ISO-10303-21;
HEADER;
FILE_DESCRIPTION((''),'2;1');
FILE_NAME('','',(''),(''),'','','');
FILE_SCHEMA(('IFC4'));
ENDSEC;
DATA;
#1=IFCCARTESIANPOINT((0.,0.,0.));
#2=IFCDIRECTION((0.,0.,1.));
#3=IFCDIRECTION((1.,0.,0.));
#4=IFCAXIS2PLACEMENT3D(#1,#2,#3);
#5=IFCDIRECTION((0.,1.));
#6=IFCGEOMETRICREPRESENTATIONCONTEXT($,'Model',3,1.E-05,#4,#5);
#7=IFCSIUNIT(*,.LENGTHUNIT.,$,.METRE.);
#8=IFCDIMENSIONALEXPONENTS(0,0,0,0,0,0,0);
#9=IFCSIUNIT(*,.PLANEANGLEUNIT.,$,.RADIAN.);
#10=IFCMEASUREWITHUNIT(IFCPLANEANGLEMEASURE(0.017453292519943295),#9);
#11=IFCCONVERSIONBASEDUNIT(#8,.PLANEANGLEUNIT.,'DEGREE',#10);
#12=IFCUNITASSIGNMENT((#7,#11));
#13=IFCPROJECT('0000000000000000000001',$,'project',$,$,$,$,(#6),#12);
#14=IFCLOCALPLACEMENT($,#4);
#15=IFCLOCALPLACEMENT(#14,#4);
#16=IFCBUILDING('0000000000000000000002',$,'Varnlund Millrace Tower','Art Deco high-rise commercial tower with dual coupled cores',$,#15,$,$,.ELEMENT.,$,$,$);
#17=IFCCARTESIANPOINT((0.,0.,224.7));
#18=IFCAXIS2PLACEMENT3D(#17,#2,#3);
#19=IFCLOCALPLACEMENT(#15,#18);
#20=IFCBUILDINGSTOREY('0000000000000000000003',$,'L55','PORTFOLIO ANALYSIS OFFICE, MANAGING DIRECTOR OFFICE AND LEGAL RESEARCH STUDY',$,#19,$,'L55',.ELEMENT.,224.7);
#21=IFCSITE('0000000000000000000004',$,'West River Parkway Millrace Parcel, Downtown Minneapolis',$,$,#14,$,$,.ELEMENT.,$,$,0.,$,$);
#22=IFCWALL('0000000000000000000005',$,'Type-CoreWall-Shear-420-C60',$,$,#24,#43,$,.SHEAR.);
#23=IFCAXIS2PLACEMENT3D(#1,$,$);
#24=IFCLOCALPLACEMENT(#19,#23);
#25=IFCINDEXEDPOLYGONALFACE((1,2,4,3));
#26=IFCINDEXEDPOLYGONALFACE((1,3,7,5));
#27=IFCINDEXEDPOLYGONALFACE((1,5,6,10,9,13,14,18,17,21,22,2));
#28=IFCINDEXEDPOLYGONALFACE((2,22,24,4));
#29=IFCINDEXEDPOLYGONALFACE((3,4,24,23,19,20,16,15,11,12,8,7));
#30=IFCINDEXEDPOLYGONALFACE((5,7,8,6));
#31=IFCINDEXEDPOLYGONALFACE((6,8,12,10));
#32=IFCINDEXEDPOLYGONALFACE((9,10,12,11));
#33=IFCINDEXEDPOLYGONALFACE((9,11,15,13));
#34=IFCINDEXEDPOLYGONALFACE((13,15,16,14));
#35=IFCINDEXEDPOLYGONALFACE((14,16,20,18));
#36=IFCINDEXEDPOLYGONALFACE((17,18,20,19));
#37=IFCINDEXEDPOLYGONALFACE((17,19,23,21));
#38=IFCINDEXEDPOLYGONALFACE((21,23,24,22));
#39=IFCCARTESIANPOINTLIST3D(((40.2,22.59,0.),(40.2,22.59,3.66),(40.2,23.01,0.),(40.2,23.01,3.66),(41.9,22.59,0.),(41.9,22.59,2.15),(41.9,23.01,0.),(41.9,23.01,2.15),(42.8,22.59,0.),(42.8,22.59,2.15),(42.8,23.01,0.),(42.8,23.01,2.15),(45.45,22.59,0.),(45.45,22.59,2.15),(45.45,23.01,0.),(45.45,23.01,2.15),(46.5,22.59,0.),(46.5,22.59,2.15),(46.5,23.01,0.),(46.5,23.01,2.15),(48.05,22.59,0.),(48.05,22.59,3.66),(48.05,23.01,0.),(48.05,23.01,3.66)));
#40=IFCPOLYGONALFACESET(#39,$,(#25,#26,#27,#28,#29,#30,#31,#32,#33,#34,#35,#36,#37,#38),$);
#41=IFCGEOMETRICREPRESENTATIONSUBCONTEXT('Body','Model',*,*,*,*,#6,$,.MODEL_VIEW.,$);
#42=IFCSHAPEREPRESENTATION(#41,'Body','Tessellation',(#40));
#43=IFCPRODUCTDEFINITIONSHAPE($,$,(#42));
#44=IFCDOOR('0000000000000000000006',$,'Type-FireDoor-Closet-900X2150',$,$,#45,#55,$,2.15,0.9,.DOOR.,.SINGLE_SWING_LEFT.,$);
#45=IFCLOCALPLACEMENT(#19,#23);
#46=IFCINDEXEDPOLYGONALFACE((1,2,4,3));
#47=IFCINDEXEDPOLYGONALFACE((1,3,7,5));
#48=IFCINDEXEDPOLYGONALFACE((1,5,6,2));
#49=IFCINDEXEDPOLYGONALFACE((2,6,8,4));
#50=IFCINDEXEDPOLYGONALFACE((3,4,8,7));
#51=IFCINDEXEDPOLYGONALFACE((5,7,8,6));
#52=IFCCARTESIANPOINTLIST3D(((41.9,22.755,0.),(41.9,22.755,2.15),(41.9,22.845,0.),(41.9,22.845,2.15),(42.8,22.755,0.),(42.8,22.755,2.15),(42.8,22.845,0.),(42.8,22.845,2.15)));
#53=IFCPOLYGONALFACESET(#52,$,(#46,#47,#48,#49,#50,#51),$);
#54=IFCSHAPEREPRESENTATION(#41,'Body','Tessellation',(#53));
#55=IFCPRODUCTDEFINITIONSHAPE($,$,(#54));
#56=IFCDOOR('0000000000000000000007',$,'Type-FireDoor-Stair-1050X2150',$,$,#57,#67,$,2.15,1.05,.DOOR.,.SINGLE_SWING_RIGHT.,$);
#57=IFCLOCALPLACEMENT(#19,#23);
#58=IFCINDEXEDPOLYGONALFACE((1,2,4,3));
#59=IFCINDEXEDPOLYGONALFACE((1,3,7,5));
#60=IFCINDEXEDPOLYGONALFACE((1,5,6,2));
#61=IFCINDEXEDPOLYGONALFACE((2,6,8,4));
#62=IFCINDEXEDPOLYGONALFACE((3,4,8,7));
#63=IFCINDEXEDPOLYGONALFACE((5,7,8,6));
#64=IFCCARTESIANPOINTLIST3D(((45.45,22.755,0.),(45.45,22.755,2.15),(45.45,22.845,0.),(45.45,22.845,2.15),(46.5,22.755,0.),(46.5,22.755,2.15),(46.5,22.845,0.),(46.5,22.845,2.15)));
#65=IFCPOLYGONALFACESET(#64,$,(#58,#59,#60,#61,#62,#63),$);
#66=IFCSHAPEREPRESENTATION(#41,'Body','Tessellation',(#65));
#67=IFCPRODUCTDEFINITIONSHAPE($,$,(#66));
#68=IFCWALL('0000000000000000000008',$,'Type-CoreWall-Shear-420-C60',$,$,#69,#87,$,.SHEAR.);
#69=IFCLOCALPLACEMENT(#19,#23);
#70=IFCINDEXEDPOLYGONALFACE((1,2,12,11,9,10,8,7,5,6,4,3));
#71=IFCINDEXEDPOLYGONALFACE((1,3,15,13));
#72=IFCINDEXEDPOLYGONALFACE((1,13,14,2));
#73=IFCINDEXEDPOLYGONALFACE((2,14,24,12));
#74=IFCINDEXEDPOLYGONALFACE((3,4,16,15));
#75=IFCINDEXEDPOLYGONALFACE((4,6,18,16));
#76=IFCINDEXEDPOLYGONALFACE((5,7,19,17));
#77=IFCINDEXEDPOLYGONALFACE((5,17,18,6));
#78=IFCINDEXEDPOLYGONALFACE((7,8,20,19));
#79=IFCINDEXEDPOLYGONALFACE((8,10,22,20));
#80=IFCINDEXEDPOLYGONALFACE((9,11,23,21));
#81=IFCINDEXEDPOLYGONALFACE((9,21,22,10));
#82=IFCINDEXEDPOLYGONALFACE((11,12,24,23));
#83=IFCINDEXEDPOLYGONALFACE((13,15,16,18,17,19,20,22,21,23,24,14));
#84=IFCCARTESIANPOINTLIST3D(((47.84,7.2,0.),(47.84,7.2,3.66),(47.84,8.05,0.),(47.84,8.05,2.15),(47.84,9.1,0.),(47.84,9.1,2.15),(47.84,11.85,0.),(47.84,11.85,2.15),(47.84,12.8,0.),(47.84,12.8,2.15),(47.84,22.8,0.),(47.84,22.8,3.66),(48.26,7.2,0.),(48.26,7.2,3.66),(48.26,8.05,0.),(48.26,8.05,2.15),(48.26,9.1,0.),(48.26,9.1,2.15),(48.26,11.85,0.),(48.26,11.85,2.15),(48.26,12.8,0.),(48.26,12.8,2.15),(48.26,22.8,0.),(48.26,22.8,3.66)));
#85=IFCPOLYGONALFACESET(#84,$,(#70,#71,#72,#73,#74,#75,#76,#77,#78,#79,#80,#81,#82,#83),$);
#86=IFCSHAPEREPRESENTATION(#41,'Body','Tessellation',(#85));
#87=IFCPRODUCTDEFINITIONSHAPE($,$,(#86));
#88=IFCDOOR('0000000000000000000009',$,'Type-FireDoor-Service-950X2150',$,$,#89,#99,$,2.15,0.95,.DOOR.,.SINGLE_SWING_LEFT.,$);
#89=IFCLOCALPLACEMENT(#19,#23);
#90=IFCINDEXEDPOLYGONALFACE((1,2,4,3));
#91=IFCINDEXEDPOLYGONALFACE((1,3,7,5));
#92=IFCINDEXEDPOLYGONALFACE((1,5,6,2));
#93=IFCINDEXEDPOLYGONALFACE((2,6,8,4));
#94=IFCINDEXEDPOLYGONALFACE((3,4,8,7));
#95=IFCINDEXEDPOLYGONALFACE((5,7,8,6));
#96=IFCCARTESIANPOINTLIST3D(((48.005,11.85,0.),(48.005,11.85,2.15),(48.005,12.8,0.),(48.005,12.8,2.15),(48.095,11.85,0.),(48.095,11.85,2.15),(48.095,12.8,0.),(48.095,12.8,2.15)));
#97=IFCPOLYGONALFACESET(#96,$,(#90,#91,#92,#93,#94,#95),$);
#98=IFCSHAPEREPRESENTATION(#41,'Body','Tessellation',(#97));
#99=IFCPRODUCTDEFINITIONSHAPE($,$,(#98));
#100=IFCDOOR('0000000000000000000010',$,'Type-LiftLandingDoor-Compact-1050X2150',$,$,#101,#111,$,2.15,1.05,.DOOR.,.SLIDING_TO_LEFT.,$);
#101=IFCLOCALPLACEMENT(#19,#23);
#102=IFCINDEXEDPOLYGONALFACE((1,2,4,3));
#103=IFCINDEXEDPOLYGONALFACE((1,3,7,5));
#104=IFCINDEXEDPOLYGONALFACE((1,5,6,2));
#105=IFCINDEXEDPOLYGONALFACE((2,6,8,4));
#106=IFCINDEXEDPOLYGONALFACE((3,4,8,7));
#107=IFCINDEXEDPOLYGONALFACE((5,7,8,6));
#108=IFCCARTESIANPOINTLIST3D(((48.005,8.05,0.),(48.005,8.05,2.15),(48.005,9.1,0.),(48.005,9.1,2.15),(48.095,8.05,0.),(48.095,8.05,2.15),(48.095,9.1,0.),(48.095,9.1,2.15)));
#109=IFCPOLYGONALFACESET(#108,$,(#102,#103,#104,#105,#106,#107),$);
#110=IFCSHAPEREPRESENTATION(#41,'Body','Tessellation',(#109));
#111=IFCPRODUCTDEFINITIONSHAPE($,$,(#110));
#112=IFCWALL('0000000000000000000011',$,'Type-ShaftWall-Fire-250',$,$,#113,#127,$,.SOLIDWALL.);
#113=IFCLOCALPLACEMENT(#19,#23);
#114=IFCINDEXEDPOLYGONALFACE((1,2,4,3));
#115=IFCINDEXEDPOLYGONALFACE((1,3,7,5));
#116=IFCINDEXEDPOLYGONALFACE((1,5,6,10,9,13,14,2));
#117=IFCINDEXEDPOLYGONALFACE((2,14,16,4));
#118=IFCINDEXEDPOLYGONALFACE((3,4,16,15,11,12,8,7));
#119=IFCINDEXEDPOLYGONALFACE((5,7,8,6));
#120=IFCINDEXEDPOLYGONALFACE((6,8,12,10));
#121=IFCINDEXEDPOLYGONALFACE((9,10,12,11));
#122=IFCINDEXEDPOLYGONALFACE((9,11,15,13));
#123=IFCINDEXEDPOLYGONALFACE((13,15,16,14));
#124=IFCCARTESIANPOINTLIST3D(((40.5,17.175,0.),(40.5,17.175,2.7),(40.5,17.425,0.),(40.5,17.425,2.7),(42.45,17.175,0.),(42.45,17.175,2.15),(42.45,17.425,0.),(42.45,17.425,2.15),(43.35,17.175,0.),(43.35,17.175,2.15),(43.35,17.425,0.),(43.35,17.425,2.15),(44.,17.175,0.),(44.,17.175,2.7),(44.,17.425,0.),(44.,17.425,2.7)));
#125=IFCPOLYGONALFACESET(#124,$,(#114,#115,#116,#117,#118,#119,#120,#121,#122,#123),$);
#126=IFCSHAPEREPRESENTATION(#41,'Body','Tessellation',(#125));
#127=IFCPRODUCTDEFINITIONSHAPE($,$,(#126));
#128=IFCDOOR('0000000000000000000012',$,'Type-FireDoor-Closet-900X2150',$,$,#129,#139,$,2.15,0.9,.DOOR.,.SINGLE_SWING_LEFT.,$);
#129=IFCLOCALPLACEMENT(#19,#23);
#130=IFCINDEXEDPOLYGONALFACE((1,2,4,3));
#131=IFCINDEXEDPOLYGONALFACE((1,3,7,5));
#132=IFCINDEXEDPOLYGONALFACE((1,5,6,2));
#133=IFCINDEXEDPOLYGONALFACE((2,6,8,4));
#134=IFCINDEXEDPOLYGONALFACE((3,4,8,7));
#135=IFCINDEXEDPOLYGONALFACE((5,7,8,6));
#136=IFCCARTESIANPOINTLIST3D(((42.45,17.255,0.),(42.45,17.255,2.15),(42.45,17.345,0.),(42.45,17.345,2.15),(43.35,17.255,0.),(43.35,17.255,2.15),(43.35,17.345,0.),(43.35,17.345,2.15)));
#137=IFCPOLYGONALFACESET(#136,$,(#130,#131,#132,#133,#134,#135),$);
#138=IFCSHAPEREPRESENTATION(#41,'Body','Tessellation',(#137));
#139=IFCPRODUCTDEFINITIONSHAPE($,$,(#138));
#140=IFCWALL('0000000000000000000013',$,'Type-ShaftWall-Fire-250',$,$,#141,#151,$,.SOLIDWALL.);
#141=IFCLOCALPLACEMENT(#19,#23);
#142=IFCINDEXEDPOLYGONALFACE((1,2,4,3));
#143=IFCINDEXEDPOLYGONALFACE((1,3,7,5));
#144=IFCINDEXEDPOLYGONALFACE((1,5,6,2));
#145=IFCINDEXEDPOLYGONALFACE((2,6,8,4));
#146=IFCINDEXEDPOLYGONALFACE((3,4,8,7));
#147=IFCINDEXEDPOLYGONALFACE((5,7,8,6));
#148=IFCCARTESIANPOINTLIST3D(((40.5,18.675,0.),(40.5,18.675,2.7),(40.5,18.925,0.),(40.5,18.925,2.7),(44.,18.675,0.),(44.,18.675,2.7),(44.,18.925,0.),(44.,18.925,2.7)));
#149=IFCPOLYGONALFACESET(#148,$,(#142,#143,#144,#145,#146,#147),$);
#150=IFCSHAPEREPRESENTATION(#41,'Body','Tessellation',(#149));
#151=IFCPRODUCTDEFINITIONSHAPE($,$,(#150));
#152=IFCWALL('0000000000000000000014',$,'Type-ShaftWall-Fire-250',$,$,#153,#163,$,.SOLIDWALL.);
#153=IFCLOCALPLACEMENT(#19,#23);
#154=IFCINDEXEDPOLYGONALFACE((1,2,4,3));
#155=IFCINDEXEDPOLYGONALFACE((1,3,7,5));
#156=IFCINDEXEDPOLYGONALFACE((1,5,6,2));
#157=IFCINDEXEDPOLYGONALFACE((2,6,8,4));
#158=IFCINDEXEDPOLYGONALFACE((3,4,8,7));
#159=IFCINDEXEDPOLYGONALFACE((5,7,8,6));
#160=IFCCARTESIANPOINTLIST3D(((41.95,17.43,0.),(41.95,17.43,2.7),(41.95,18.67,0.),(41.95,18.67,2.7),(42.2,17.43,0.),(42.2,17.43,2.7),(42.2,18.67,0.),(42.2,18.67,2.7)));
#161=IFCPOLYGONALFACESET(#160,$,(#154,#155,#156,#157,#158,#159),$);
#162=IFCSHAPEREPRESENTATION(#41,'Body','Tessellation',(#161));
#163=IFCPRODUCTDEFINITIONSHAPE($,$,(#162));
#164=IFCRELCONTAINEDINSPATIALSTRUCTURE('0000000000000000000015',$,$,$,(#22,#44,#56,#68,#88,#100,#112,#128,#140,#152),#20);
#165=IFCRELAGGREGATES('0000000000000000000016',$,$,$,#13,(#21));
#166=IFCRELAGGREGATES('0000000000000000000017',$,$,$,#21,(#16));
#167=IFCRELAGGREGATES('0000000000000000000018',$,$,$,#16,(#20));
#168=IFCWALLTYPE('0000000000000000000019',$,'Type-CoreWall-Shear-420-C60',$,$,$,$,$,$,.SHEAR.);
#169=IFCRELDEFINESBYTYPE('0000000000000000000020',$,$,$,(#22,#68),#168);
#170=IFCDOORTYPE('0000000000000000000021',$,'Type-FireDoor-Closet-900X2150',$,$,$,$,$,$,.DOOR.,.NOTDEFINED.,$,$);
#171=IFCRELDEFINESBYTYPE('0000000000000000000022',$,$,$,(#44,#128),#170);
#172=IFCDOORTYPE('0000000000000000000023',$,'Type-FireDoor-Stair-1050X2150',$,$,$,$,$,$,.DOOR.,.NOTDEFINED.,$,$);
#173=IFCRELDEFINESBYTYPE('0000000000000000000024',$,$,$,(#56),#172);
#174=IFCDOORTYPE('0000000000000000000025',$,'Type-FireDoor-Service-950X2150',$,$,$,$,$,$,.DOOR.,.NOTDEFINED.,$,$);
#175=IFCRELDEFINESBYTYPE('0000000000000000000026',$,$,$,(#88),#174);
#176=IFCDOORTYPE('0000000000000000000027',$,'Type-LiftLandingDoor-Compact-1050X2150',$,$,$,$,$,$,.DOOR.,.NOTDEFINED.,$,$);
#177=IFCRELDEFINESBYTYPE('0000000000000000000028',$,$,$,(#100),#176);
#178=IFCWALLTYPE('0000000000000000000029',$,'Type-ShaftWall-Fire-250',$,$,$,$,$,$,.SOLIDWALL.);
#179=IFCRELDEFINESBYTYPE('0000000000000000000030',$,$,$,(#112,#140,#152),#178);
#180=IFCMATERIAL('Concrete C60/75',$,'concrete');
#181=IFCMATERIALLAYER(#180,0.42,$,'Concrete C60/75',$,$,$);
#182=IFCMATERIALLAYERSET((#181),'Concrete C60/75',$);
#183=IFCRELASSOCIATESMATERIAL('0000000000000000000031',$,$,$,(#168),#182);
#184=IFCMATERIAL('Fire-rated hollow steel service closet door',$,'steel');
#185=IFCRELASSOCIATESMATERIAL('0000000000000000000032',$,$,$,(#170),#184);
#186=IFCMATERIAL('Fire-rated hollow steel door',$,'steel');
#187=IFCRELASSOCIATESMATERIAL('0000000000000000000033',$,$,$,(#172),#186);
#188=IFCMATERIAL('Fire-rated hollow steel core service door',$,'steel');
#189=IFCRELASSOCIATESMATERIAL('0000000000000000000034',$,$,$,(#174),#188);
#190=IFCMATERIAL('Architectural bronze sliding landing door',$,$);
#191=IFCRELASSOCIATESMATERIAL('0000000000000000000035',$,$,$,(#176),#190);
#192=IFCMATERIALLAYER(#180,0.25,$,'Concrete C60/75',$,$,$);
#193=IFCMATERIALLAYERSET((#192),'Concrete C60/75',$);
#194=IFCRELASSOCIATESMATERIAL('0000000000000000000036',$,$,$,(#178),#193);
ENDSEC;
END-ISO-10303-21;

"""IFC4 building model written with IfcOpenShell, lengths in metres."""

from ifc_helpers import new_model, entity, si_unit, converted_unit, direction, frame, origin_with_axes, origin_2d_with_axis, place, context, subcontext, project, spatial, polyline, rectangle, outline, extrude, material, layer, layer_set, type_object, element, fill, save


model = new_model("IFC4")

# Units and contexts
model_context = context("Model", 3, precision=1e-05, world=origin_with_axes(), true_north=direction((0.0, 1.0)))
body_context = subcontext(model_context, "Body", "Model", "MODEL_VIEW")
ifc_project = project(units=[si_unit("LENGTHUNIT", "METRE"), converted_unit("PLANEANGLEUNIT", "DEGREE", entity("IfcPlaneAngleMeasure", 0.017453292519943295), si_unit("PLANEANGLEUNIT", "RADIAN"), dimensions=[0, 0, 0, 0, 0, 0, 0])], contexts=[model_context])

# Site, building, storey
site_placement = place(None, origin_with_axes())
site = spatial("IfcSite", under=ifc_project, at=site_placement, Name="West River Parkway Millrace Parcel, Downtown Minneapolis", CompositionType="ELEMENT", RefElevation=0.0)
building_placement = place(site_placement, origin_with_axes())
building = spatial("IfcBuilding", under=site, at=building_placement, Name="Varnlund Millrace Tower", Description="Art Deco high-rise commercial tower with dual coupled cores", CompositionType="ELEMENT")
storey_placement = place(building_placement, frame((0.0, 0.0, 224.7), z_axis=(0.0, 0.0, 1.0), x_axis=(1.0, 0.0, 0.0)))
storey = spatial("IfcBuildingStorey", under=building, at=storey_placement, Name="L55", Description="PORTFOLIO ANALYSIS OFFICE, MANAGING DIRECTOR OFFICE AND LEGAL RESEARCH STUDY", LongName="L55", CompositionType="ELEMENT", Elevation=224.7)

# Shared definitions
ifc_material_1 = material(Name="Concrete C60/75", Category="concrete")
ifc_layer_1 = layer(ifc_material_1, 0.42, Name="Concrete C60/75")
ifc_layer_set_1 = layer_set([ifc_layer_1], Name="Concrete C60/75")
wall_type_1 = type_object("IfcWallType", Name="Type-CoreWall-Shear-420-C60", PredefinedType="SHEAR", material=ifc_layer_set_1)
ifc_material_2 = material(Name="Fire-rated hollow steel service closet door", Category="steel")
door_type_1 = type_object("IfcDoorType", Name="Type-FireDoor-Closet-900X2150", OperationType="NOTDEFINED", PredefinedType="DOOR", material=ifc_material_2)

# Shared definitions
ifc_material_3 = material(Name="Fire-rated hollow steel door", Category="steel")
door_type_2 = type_object("IfcDoorType", Name="Type-FireDoor-Stair-1050X2150", OperationType="NOTDEFINED", PredefinedType="DOOR", material=ifc_material_3)

# Walls, openings, doors
wall_1_placement = place(storey_placement, frame((40.2, 22.8, 0.0), z_axis=(0.0, 0.0, 1.0), x_axis=(1.0, 0.0, 0.0)))
wall_1 = element("IfcWall", 1, at=wall_1_placement, inside=storey, type_object=wall_type_1, Name="Type-CoreWall-Shear-420-C60", PredefinedType="SHEAR", context=body_context, shape_type="SweptSolid", body=[
    extrude(outline(polyline([(0.0, -0.21), (7.85, -0.21), (7.85, 0.21), (0.0, 0.21), (0.0, -0.21)])), origin_with_axes(), (0.0, 0.0, 1.0), 3.66),
])
opening_1_placement = place(wall_1_placement, frame((5.775, 0.0, 0.0), z_axis=(0.0, 0.0, 1.0), x_axis=(1.0, 0.0, 0.0)))
opening_1 = element("IfcOpeningElement", 2, at=opening_1_placement, cuts=wall_1, PredefinedType="OPENING", context=body_context, shape_type="SweptSolid", body=[
    extrude(rectangle(XDim=1.05, YDim=0.44, at=origin_2d_with_axis()), origin_with_axes(), (0.0, 0.0, 1.0), 2.15),
])
opening_2_placement = place(wall_1_placement, frame((2.15, 0.0, 0.0), z_axis=(0.0, 0.0, 1.0), x_axis=(1.0, 0.0, 0.0)))
opening_2 = element("IfcOpeningElement", 3, at=opening_2_placement, cuts=wall_1, PredefinedType="OPENING", context=body_context, shape_type="SweptSolid", body=[
    extrude(rectangle(XDim=0.9, YDim=0.44, at=origin_2d_with_axis()), origin_with_axes(), (0.0, 0.0, 1.0), 2.15),
])
door_1_placement = place(wall_1_placement, frame((2.15, 0.0, 0.0), z_axis=(0.0, 0.0, 1.0), x_axis=(1.0, 0.0, 0.0)))
door_1 = element("IfcDoor", 4, at=door_1_placement, inside=storey, type_object=door_type_1, Name="Type-FireDoor-Closet-900X2150", OperationType="SINGLE_SWING_LEFT", OverallHeight=2.15, OverallWidth=0.9, PredefinedType="DOOR", context=body_context, shape_type="SweptSolid", body=[
    extrude(rectangle(XDim=0.9, YDim=0.09, at=origin_2d_with_axis()), origin_with_axes(), (0.0, 0.0, 1.0), 2.15),
])
fill(opening_2, door_1)
door_2_placement = place(wall_1_placement, frame((5.775, 0.0, 0.0), z_axis=(0.0, 0.0, 1.0), x_axis=(1.0, 0.0, 0.0)))
door_2 = element("IfcDoor", 5, at=door_2_placement, inside=storey, type_object=door_type_2, Name="Type-FireDoor-Stair-1050X2150", OperationType="SINGLE_SWING_RIGHT", OverallHeight=2.15, OverallWidth=1.05, PredefinedType="DOOR", context=body_context, shape_type="SweptSolid", body=[
    extrude(rectangle(XDim=1.05, YDim=0.09, at=origin_2d_with_axis()), origin_with_axes(), (0.0, 0.0, 1.0), 2.15),
])
fill(opening_1, door_2)
wall_2_placement = place(storey_placement, frame((48.05, 7.2, 0.0), z_axis=(0.0, 0.0, 1.0), x_axis=(0.0, 1.0, 0.0)))
wall_2 = element("IfcWall", 6, at=wall_2_placement, inside=storey, type_object=wall_type_1, Name="Type-CoreWall-Shear-420-C60", PredefinedType="SHEAR", context=body_context, shape_type="SweptSolid", body=[
    extrude(outline(polyline([(0.0, -0.21), (15.6, -0.21), (15.6, 0.21), (0.0, 0.21), (0.0, -0.21)])), origin_with_axes(), (0.0, 0.0, 1.0), 3.66),
])
opening_3_placement = place(wall_2_placement, frame((1.375, 0.0, 0.0), z_axis=(0.0, 0.0, 1.0), x_axis=(1.0, 0.0, 0.0)))
opening_3 = element("IfcOpeningElement", 7, at=opening_3_placement, cuts=wall_2, PredefinedType="OPENING", context=body_context, shape_type="SweptSolid", body=[
    extrude(rectangle(XDim=1.05, YDim=0.44, at=origin_2d_with_axis()), origin_with_axes(), (0.0, 0.0, 1.0), 2.15),
])
opening_4_placement = place(wall_2_placement, frame((5.125, 0.0, 0.0), z_axis=(0.0, 0.0, 1.0), x_axis=(1.0, 0.0, 0.0)))
opening_4 = element("IfcOpeningElement", 8, at=opening_4_placement, cuts=wall_2, PredefinedType="OPENING", context=body_context, shape_type="SweptSolid", body=[
    extrude(rectangle(XDim=0.95, YDim=0.44, at=origin_2d_with_axis()), origin_with_axes(), (0.0, 0.0, 1.0), 2.15),
])
ifc_material_4 = material(Name="Fire-rated hollow steel core service door", Category="steel")
door_type_3 = type_object("IfcDoorType", Name="Type-FireDoor-Service-950X2150", OperationType="NOTDEFINED", PredefinedType="DOOR", material=ifc_material_4)
door_3_placement = place(wall_2_placement, frame((5.125, 0.0, 0.0), z_axis=(0.0, 0.0, 1.0), x_axis=(1.0, 0.0, 0.0)))
door_3 = element("IfcDoor", 9, at=door_3_placement, inside=storey, type_object=door_type_3, Name="Type-FireDoor-Service-950X2150", OperationType="SINGLE_SWING_LEFT", OverallHeight=2.15, OverallWidth=0.95, PredefinedType="DOOR", context=body_context, shape_type="SweptSolid", body=[
    extrude(rectangle(XDim=0.95, YDim=0.09, at=origin_2d_with_axis()), origin_with_axes(), (0.0, 0.0, 1.0), 2.15),
])
fill(opening_4, door_3)
ifc_material_5 = material(Name="Architectural bronze sliding landing door")
door_type_4 = type_object("IfcDoorType", Name="Type-LiftLandingDoor-Compact-1050X2150", OperationType="NOTDEFINED", PredefinedType="DOOR", material=ifc_material_5)
door_4_placement = place(wall_2_placement, frame((1.375, 0.0, 0.0), z_axis=(0.0, 0.0, 1.0), x_axis=(1.0, 0.0, 0.0)))
door_4 = element("IfcDoor", 10, at=door_4_placement, inside=storey, type_object=door_type_4, Name="Type-LiftLandingDoor-Compact-1050X2150", OperationType="SLIDING_TO_LEFT", OverallHeight=2.15, OverallWidth=1.05, PredefinedType="DOOR", context=body_context, shape_type="SweptSolid", body=[
    extrude(rectangle(XDim=1.05, YDim=0.09, at=origin_2d_with_axis()), origin_with_axes(), (0.0, 0.0, 1.0), 2.15),
])
fill(opening_3, door_4)

# Wall, opening, door
ifc_layer_2 = layer(ifc_material_1, 0.25, Name="Concrete C60/75")
ifc_layer_set_2 = layer_set([ifc_layer_2], Name="Concrete C60/75")
wall_type_2 = type_object("IfcWallType", Name="Type-ShaftWall-Fire-250", PredefinedType="SOLIDWALL", material=ifc_layer_set_2)
wall_3_placement = place(storey_placement, frame((40.5, 17.3, 0.0), z_axis=(0.0, 0.0, 1.0), x_axis=(1.0, 0.0, 0.0)))
wall_3 = element("IfcWall", 11, at=wall_3_placement, inside=storey, type_object=wall_type_2, Name="Type-ShaftWall-Fire-250", PredefinedType="SOLIDWALL", context=body_context, shape_type="SweptSolid", body=[
    extrude(outline(polyline([(0.0, -0.125), (3.5, -0.125), (3.5, 0.125), (0.0, 0.125), (0.0, -0.125)])), origin_with_axes(), (0.0, 0.0, 1.0), 2.7),
])
opening_5_placement = place(wall_3_placement, frame((2.4, 0.0, 0.0), z_axis=(0.0, 0.0, 1.0), x_axis=(1.0, 0.0, 0.0)))
opening_5 = element("IfcOpeningElement", 12, at=opening_5_placement, cuts=wall_3, PredefinedType="OPENING", context=body_context, shape_type="SweptSolid", body=[
    extrude(rectangle(XDim=0.9, YDim=0.27, at=origin_2d_with_axis()), origin_with_axes(), (0.0, 0.0, 1.0), 2.15),
])
door_5_placement = place(wall_3_placement, frame((2.4, 0.0, 0.0), z_axis=(0.0, 0.0, 1.0), x_axis=(1.0, 0.0, 0.0)))
door_5 = element("IfcDoor", 13, at=door_5_placement, inside=storey, type_object=door_type_1, Name="Type-FireDoor-Closet-900X2150", OperationType="SINGLE_SWING_LEFT", OverallHeight=2.15, OverallWidth=0.9, PredefinedType="DOOR", context=body_context, shape_type="SweptSolid", body=[
    extrude(rectangle(XDim=0.9, YDim=0.09, at=origin_2d_with_axis()), origin_with_axes(), (0.0, 0.0, 1.0), 2.15),
])
fill(opening_5, door_5)

# Walls
wall_4_placement = place(storey_placement, frame((40.5, 18.8, 0.0), z_axis=(0.0, 0.0, 1.0), x_axis=(1.0, 0.0, 0.0)))
element("IfcWall", 14, at=wall_4_placement, inside=storey, type_object=wall_type_2, Name="Type-ShaftWall-Fire-250", PredefinedType="SOLIDWALL", context=body_context, shape_type="SweptSolid", body=[
    extrude(outline(polyline([(0.0, -0.125), (3.5, -0.125), (3.5, 0.125), (0.0, 0.125), (0.0, -0.125)])), origin_with_axes(), (0.0, 0.0, 1.0), 2.7),
])
wall_5_placement = place(storey_placement, frame((42.075, 17.43, 0.0), z_axis=(0.0, 0.0, 1.0), x_axis=(0.0, 1.0, 0.0)))
element("IfcWall", 15, at=wall_5_placement, inside=storey, type_object=wall_type_2, Name="Type-ShaftWall-Fire-250", PredefinedType="SOLIDWALL", context=body_context, shape_type="SweptSolid", body=[
    extrude(outline(polyline([(0.0, -0.125), (1.24, -0.125), (1.24, 0.125), (0.0, 0.125), (0.0, -0.125)])), origin_with_axes(), (0.0, 0.0, 1.0), 2.7),
])

save(model, "model.ifc")
